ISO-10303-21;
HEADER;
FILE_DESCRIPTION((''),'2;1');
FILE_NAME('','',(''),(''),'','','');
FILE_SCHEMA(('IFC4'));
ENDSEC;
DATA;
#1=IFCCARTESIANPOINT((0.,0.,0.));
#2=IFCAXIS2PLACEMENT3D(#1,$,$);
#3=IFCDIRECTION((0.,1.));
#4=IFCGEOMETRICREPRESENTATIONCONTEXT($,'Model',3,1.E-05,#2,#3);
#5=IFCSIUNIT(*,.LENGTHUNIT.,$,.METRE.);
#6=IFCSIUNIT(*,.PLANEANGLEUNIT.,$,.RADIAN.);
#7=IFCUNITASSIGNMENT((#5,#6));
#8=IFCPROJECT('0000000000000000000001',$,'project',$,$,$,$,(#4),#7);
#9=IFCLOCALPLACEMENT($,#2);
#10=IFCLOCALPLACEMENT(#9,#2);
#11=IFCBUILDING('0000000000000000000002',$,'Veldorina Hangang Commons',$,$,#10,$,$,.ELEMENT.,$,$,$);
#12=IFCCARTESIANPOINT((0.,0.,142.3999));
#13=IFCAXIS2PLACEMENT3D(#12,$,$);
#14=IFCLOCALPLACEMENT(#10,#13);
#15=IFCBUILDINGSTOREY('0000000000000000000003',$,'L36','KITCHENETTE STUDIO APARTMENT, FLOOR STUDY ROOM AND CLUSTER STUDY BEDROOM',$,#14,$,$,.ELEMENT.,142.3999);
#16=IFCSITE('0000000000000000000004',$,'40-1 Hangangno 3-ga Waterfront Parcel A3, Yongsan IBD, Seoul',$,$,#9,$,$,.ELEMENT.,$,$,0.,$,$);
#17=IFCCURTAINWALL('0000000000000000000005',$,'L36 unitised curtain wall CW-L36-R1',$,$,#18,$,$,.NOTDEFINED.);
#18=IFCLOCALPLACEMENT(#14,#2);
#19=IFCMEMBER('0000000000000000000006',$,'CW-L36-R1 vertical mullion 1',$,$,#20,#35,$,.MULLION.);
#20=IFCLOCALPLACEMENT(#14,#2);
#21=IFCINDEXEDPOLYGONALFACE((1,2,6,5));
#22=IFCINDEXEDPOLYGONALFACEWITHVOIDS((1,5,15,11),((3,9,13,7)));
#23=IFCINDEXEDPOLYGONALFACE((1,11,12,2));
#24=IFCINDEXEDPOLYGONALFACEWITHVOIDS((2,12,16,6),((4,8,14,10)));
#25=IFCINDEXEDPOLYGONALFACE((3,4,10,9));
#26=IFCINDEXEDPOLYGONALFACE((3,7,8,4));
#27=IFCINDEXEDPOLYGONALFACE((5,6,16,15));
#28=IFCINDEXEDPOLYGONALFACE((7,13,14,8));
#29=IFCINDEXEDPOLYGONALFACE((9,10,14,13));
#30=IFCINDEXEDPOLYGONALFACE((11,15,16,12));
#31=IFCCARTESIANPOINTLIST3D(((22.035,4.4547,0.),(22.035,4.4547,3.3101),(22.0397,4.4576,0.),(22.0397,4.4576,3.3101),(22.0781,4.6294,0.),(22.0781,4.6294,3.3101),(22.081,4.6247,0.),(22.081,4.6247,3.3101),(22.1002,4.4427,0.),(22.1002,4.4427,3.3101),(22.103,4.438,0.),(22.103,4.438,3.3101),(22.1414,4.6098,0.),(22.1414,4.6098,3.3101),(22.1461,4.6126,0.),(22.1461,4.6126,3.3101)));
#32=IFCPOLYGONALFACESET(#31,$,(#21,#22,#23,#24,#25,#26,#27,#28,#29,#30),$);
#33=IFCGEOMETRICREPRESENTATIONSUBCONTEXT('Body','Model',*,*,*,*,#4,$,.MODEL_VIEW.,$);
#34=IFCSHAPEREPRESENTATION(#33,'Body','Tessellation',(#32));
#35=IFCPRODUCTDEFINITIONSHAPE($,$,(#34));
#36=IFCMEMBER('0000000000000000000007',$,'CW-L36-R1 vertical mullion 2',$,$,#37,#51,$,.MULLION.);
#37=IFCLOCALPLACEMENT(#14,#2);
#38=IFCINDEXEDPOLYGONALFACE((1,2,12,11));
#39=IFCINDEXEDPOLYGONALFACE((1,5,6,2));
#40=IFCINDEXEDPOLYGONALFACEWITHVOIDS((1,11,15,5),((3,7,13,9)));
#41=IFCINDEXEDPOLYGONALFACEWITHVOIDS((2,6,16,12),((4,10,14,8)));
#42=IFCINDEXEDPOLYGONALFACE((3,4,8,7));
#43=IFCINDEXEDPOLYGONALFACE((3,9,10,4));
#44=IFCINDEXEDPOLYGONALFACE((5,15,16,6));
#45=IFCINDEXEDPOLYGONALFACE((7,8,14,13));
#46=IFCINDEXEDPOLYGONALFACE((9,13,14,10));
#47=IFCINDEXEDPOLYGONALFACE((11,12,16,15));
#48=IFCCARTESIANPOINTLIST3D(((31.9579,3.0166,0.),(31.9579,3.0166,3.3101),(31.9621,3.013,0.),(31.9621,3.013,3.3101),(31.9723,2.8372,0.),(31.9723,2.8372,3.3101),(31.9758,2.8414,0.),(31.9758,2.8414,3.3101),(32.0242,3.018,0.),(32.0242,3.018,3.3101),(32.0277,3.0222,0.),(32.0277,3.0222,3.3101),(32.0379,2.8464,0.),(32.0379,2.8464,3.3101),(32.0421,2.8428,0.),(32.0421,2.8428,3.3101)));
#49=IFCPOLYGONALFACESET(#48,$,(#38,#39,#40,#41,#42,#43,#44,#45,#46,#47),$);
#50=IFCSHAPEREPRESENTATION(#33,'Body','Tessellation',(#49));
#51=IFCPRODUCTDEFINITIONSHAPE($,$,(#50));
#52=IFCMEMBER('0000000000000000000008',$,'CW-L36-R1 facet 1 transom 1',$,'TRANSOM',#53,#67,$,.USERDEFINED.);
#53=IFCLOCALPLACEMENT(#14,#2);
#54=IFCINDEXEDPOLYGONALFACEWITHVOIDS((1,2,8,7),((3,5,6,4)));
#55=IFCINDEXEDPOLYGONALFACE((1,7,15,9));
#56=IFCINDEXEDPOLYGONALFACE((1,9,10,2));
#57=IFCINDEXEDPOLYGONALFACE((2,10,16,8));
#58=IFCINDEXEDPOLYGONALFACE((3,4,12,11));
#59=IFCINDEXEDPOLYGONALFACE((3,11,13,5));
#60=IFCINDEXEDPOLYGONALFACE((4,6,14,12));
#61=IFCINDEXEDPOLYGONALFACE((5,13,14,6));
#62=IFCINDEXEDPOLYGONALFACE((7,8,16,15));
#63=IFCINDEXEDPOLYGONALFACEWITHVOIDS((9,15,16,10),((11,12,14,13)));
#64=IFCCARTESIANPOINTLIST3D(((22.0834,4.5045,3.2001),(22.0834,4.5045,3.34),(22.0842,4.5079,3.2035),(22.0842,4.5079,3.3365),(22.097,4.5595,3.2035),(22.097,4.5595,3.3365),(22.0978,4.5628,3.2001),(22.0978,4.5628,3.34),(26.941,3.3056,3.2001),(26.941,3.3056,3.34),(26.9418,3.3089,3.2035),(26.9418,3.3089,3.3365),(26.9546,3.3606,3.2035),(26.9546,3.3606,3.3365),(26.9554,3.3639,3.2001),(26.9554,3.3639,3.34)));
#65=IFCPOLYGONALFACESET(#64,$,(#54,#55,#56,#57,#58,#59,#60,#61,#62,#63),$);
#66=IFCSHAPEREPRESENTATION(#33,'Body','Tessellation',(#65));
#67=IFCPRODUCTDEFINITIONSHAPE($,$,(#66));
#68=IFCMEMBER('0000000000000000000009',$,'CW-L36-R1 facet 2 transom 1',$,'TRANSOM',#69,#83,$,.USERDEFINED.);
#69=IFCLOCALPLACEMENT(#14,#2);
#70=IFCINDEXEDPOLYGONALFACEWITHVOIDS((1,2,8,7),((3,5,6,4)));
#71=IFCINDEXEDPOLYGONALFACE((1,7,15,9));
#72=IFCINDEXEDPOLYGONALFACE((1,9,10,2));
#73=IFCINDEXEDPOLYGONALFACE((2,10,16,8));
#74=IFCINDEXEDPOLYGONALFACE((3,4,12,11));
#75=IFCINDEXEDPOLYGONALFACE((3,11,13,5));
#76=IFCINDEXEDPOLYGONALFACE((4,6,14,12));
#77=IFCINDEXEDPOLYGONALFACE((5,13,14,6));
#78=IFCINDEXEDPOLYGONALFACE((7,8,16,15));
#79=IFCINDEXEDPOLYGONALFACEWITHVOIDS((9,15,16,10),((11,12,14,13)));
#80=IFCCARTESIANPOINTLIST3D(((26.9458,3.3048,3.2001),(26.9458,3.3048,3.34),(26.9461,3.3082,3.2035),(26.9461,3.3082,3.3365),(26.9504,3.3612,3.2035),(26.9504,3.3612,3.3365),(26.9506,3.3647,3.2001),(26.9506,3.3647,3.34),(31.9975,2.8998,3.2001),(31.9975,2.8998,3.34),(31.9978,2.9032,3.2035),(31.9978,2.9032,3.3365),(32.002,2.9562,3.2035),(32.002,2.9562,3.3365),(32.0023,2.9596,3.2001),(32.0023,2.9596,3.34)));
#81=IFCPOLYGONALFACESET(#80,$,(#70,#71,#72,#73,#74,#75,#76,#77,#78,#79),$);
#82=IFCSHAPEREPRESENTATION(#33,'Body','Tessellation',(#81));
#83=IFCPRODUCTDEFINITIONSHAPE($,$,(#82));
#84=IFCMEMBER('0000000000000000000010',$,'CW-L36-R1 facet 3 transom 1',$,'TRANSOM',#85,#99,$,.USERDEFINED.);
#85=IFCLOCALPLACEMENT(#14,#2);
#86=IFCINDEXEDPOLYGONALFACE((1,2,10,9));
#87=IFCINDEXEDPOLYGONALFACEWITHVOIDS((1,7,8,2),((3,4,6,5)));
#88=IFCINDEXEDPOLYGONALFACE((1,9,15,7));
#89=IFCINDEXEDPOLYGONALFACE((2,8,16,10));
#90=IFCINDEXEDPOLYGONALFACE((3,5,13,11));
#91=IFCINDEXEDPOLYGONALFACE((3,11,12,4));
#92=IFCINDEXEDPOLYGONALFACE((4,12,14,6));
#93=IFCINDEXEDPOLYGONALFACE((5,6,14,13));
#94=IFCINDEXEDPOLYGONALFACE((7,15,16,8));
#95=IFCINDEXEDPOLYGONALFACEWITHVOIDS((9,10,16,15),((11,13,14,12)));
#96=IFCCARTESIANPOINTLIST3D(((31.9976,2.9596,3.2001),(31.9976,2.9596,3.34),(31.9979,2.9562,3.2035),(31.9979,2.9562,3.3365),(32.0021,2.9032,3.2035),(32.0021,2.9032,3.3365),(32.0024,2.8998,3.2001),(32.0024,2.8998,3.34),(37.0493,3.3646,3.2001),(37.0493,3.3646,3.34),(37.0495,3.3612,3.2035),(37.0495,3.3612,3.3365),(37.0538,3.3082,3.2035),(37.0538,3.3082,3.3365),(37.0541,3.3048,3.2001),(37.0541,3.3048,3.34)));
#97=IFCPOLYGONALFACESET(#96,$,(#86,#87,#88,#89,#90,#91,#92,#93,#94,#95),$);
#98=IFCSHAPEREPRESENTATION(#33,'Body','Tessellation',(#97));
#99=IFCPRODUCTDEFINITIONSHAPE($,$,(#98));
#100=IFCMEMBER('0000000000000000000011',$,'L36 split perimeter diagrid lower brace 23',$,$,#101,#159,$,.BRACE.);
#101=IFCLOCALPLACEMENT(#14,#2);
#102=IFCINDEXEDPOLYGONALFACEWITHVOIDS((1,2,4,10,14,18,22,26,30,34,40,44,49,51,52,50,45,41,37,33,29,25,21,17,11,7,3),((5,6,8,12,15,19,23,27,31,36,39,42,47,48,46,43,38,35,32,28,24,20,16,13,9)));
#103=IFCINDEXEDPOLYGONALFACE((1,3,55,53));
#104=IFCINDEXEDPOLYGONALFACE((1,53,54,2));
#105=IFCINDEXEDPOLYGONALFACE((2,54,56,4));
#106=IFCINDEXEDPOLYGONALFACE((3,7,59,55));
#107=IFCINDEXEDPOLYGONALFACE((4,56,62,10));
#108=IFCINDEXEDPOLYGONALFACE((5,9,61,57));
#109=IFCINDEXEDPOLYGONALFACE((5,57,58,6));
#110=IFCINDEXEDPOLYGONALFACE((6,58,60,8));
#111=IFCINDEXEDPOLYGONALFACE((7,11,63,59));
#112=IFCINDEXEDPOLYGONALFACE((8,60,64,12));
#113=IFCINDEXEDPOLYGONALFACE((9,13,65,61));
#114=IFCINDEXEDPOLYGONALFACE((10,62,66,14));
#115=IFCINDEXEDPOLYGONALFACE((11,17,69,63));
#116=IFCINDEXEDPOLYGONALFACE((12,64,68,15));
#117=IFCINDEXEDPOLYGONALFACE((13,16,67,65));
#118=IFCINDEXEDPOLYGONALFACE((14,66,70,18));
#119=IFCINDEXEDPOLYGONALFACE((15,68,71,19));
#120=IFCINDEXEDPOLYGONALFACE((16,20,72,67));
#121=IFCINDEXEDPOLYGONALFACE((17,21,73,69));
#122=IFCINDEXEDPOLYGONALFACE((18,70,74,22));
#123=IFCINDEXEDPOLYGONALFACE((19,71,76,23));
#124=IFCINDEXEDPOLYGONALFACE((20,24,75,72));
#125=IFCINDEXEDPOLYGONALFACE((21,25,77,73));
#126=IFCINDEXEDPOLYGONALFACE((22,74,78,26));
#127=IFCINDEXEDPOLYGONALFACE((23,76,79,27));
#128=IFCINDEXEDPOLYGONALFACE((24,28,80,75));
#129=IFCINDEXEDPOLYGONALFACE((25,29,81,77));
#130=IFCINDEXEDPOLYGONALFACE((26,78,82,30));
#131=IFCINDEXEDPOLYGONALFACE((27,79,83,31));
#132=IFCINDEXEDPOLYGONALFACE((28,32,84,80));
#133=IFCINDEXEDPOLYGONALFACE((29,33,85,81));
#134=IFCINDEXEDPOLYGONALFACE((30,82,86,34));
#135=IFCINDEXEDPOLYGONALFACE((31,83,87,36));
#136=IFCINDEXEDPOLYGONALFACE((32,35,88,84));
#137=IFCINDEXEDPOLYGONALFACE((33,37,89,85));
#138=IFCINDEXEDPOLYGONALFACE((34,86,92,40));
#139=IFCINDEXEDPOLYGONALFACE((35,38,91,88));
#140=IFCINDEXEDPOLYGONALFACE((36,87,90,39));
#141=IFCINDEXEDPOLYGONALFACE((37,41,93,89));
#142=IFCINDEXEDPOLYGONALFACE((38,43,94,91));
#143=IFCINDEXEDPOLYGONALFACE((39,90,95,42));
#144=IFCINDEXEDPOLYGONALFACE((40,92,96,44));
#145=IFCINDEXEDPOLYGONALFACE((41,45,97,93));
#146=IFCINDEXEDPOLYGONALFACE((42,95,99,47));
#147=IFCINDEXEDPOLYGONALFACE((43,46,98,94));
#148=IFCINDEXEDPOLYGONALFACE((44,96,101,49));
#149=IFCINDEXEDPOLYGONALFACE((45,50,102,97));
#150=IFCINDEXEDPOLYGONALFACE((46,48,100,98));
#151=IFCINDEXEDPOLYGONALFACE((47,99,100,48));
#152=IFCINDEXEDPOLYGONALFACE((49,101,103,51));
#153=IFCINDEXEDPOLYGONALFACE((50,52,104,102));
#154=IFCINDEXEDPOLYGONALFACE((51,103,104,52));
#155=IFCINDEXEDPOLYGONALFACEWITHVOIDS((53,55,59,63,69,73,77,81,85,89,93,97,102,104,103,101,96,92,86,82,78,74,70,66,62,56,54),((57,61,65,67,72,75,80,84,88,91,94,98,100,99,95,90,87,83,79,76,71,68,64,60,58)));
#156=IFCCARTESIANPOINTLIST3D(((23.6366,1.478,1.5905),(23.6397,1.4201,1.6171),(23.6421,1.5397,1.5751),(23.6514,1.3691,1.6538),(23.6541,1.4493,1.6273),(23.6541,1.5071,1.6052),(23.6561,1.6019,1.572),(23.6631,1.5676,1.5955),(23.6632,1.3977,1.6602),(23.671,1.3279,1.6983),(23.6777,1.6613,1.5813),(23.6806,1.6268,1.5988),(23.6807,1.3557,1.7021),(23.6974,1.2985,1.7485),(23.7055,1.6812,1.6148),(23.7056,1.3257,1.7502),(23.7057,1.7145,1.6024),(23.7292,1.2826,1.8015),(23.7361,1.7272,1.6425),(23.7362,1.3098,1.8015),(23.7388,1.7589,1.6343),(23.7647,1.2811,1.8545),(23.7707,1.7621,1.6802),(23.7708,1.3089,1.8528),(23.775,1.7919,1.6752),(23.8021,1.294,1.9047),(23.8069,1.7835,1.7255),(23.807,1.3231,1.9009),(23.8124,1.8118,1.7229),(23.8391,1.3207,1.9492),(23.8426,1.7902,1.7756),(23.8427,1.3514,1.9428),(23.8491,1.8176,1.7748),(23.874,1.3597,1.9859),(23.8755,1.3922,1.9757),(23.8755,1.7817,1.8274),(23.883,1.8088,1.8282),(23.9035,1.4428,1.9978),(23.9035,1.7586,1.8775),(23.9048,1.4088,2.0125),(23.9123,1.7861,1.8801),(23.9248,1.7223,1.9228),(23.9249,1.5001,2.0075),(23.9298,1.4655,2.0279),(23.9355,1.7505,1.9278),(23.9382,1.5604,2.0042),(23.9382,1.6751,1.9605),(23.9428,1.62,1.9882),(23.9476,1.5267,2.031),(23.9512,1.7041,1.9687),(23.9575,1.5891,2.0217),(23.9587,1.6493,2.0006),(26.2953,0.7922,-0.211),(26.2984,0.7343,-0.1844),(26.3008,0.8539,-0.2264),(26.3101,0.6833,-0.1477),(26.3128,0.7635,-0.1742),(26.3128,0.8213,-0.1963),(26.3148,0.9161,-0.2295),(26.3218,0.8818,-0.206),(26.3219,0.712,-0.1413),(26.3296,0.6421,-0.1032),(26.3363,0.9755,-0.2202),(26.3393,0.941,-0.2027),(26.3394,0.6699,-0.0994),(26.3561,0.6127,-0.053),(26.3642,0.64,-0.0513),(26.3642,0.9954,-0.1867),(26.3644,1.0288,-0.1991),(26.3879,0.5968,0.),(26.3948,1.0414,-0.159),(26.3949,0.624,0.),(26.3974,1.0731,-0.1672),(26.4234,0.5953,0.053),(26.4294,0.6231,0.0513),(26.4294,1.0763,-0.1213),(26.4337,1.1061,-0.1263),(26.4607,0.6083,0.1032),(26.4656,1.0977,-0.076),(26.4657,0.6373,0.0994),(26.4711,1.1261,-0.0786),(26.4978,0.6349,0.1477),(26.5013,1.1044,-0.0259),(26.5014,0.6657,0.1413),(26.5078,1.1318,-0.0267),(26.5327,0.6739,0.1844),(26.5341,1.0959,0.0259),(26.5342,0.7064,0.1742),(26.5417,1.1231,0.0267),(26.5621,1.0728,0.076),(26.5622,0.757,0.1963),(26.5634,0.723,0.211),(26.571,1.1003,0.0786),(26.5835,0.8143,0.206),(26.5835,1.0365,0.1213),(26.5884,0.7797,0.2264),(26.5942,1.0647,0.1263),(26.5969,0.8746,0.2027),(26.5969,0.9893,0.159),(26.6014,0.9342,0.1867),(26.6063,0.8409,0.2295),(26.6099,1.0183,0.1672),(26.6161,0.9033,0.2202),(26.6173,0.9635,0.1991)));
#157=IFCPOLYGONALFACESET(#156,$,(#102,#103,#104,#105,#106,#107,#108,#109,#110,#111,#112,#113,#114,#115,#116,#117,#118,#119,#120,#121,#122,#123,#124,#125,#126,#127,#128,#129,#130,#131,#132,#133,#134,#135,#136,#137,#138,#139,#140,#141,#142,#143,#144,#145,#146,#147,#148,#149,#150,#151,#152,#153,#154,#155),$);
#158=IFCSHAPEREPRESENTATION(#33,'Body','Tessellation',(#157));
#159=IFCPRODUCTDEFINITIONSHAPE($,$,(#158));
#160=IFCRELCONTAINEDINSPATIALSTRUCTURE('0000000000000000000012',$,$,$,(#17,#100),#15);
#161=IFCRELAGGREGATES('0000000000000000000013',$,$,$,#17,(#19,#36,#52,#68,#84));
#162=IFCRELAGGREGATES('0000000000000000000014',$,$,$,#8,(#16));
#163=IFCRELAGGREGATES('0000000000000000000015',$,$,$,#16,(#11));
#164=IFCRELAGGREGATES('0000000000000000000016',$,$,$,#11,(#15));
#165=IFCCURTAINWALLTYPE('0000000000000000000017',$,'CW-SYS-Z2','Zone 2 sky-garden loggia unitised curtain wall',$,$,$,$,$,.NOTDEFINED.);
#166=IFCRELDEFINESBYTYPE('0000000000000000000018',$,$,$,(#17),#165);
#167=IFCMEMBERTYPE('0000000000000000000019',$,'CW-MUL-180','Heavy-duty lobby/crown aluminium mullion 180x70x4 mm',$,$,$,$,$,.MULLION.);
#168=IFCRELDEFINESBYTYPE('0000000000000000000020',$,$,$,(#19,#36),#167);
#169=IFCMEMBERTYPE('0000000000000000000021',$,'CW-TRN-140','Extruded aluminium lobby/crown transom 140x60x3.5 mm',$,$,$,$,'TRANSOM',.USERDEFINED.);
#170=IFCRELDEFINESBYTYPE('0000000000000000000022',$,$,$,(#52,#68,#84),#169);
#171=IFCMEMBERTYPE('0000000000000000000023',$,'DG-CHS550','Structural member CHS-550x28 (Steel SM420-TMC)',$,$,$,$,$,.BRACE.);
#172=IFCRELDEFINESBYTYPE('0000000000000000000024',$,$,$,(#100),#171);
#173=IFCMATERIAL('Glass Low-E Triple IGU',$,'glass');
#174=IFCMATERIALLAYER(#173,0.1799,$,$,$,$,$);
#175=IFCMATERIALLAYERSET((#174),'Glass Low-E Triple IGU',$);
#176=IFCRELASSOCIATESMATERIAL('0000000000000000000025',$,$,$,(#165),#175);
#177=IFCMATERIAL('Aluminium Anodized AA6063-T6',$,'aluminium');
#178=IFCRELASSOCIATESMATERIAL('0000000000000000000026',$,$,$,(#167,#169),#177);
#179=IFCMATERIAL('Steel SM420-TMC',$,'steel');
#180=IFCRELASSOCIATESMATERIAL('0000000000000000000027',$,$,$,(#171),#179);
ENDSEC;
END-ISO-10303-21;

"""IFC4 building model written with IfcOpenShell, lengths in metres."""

from ifc_helpers import new_model, si_unit, direction, frame, origin, origin_2d, place, context, subcontext, project, spatial, hollow_rectangle, hollow_circle, extrude, material, layer, layer_set, material_profile, profile_set, type_object, element, aggregate, save


model = new_model("IFC4")

# Units and contexts
model_context = context("Model", 3, precision=1e-05, world=origin(), true_north=direction((0.0, 1.0)))
body_context = subcontext(model_context, "Body", "Model", "MODEL_VIEW")
ifc_project = project(units=[si_unit("LENGTHUNIT", "METRE"), si_unit("PLANEANGLEUNIT", "RADIAN")], contexts=[model_context])

# Site, building, storey
site_placement = place(None, origin())
site = spatial("IfcSite", under=ifc_project, at=site_placement, Name="40-1 Hangangno 3-ga Waterfront Parcel A3, Yongsan IBD, Seoul", CompositionType="ELEMENT", RefElevation=0.0)
building_placement = place(site_placement, origin())
building = spatial("IfcBuilding", under=site, at=building_placement, Name="Veldorina Hangang Commons", CompositionType="ELEMENT")
storey_placement = place(building_placement, frame((0.0, 0.0, 142.3999)))
storey = spatial("IfcBuildingStorey", under=building, at=storey_placement, Name="L36", Description="KITCHENETTE STUDIO APARTMENT, FLOOR STUDY ROOM AND CLUSTER STUDY BEDROOM", CompositionType="ELEMENT", Elevation=142.3999)

# Shared definitions
ifc_material_1 = material(Name="Steel SM420-TMC", Category="steel")

# Curtain wall, members
ifc_material_2 = material(Name="Glass Low-E Triple IGU", Category="glass")
ifc_layer_1 = layer(ifc_material_2, 0.1799)
ifc_layer_set_1 = layer_set([ifc_layer_1], Name="Glass Low-E Triple IGU")
curtain_wall_type = type_object("IfcCurtainWallType", Name="CW-SYS-Z2", Description="Zone 2 sky-garden loggia unitised curtain wall", PredefinedType="NOTDEFINED", material=ifc_layer_set_1)
curtain_wall_placement = place(storey_placement, origin())
curtain_wall = element("IfcCurtainWall", 1, at=curtain_wall_placement, inside=storey, type_object=curtain_wall_type, Name="L36 unitised curtain wall CW-L36-R1", PredefinedType="NOTDEFINED")
ifc_material_3 = material(Name="Aluminium Anodized AA6063-T6", Category="aluminium")
ifc_material_profile_1 = material_profile(ifc_material_3, hollow_rectangle(XDim=0.0701, YDim=0.1799, WallThickness=0.0039, at=origin_2d()), Name="ALU-RHS-180x70x4")
ifc_profile_set_1 = profile_set([ifc_material_profile_1], Name="Aluminium Anodized AA6063-T6")
member_type_1 = type_object("IfcMemberType", Name="CW-MUL-180", Description="Heavy-duty lobby/crown aluminium mullion 180x70x4 mm", PredefinedType="MULLION", material=ifc_profile_set_1)
member_1_placement = place(storey_placement, frame((22.0906, 4.5337, 0.0), z_axis=(0.0, 0.0, 1.0), x_axis=(0.970863, -0.239635, 0.0)))
member_1 = element("IfcMember", 2, at=member_1_placement, type_object=member_type_1, Name="CW-L36-R1 vertical mullion 1", PredefinedType="MULLION", context=body_context, shape_type="SweptSolid", body=[
    extrude(hollow_rectangle(XDim=0.0701, YDim=0.1799, WallThickness=0.0039, at=origin_2d()), origin(), (0.0, 0.0, 1.0), 3.3101),
])
member_2_placement = place(storey_placement, frame((32.0, 2.9297, 0.0), z_axis=(0.0, 0.0, 1.0), x_axis=(0.996804, 0.079886, 0.0)))
member_2 = element("IfcMember", 3, at=member_2_placement, type_object=member_type_1, Name="CW-L36-R1 vertical mullion 2", PredefinedType="MULLION", context=body_context, shape_type="SweptSolid", body=[
    extrude(hollow_rectangle(XDim=0.0701, YDim=0.1799, WallThickness=0.0039, at=origin_2d()), origin(), (0.0, 0.0, 1.0), 3.3101),
])
ifc_material_profile_2 = material_profile(ifc_material_3, hollow_rectangle(XDim=0.0601, YDim=0.1399, WallThickness=0.0034, at=origin_2d()), Name="ALU-RHS-140x60x3.5")
ifc_profile_set_2 = profile_set([ifc_material_profile_2], Name="Aluminium Anodized AA6063-T6")
member_type_2 = type_object("IfcMemberType", Name="CW-TRN-140", Description="Extruded aluminium lobby/crown transom 140x60x3.5 mm", ElementType="TRANSOM", PredefinedType="USERDEFINED", material=ifc_profile_set_2)
member_3_placement = place(storey_placement, frame((22.0906, 4.5337, 3.27), z_axis=(0.970864, -0.23963, 0.0), x_axis=(0.23963, 0.970864, 0.0)))
member_3 = element("IfcMember", 4, at=member_3_placement, type_object=member_type_2, Name="CW-L36-R1 facet 1 transom 1", ObjectType="TRANSOM", PredefinedType="USERDEFINED", context=body_context, shape_type="SweptSolid", body=[
    extrude(hollow_rectangle(XDim=0.0601, YDim=0.1399, WallThickness=0.0034, at=origin_2d()), origin(), (0.0, 0.0, 1.0), 5.0034),
])
member_4_placement = place(storey_placement, frame((26.9482, 3.3347, 3.27), z_axis=(0.996801, -0.079919, 0.0), x_axis=(0.079919, 0.996801, 0.0)))
member_4 = element("IfcMember", 5, at=member_4_placement, type_object=member_type_2, Name="CW-L36-R1 facet 2 transom 1", ObjectType="TRANSOM", PredefinedType="USERDEFINED", context=body_context, shape_type="SweptSolid", body=[
    extrude(hollow_rectangle(XDim=0.0601, YDim=0.1399, WallThickness=0.0034, at=origin_2d()), origin(), (0.0, 0.0, 1.0), 5.0679),
])
member_5_placement = place(storey_placement, frame((32.0, 2.9297, 3.27), z_axis=(0.996801, 0.079919, 0.0), x_axis=(-0.079919, 0.996801, 0.0)))
member_5 = element("IfcMember", 6, at=member_5_placement, type_object=member_type_2, Name="CW-L36-R1 facet 3 transom 1", ObjectType="TRANSOM", PredefinedType="USERDEFINED", context=body_context, shape_type="SweptSolid", body=[
    extrude(hollow_rectangle(XDim=0.0601, YDim=0.1399, WallThickness=0.0034, at=origin_2d()), origin(), (0.0, 0.0, 1.0), 5.0679),
])

# Member
ifc_material_profile_3 = material_profile(ifc_material_1, hollow_circle(Radius=0.2749, WallThickness=0.0281, at=origin_2d()), Name="CHS-550x28")
ifc_profile_set_3 = profile_set([ifc_material_profile_3], Name="Steel SM420-TMC")
member_type_3 = type_object("IfcMemberType", Name="DG-CHS550", Description="Structural member CHS-550x28 (Steel SM420-TMC)", PredefinedType="BRACE", material=ifc_profile_set_3)
member_6_placement = place(storey_placement, frame((26.4565, 0.863, 0.0), z_axis=(-0.809599, 0.20883, 0.548579), x_axis=(-0.249768, -0.968306, 0.0)))
element("IfcMember", 7, at=member_6_placement, inside=storey, type_object=member_type_3, Name="L36 split perimeter diagrid lower brace 23", PredefinedType="BRACE", context=body_context, shape_type="SweptSolid", body=[
    extrude(hollow_circle(Radius=0.2749, WallThickness=0.0281, at=origin_2d()), origin(), (0.0, 0.0, 1.0), 3.2839),
])

aggregate(curtain_wall, [member_1, member_2, member_3, member_4, member_5])

save(model, "model.ifc")
